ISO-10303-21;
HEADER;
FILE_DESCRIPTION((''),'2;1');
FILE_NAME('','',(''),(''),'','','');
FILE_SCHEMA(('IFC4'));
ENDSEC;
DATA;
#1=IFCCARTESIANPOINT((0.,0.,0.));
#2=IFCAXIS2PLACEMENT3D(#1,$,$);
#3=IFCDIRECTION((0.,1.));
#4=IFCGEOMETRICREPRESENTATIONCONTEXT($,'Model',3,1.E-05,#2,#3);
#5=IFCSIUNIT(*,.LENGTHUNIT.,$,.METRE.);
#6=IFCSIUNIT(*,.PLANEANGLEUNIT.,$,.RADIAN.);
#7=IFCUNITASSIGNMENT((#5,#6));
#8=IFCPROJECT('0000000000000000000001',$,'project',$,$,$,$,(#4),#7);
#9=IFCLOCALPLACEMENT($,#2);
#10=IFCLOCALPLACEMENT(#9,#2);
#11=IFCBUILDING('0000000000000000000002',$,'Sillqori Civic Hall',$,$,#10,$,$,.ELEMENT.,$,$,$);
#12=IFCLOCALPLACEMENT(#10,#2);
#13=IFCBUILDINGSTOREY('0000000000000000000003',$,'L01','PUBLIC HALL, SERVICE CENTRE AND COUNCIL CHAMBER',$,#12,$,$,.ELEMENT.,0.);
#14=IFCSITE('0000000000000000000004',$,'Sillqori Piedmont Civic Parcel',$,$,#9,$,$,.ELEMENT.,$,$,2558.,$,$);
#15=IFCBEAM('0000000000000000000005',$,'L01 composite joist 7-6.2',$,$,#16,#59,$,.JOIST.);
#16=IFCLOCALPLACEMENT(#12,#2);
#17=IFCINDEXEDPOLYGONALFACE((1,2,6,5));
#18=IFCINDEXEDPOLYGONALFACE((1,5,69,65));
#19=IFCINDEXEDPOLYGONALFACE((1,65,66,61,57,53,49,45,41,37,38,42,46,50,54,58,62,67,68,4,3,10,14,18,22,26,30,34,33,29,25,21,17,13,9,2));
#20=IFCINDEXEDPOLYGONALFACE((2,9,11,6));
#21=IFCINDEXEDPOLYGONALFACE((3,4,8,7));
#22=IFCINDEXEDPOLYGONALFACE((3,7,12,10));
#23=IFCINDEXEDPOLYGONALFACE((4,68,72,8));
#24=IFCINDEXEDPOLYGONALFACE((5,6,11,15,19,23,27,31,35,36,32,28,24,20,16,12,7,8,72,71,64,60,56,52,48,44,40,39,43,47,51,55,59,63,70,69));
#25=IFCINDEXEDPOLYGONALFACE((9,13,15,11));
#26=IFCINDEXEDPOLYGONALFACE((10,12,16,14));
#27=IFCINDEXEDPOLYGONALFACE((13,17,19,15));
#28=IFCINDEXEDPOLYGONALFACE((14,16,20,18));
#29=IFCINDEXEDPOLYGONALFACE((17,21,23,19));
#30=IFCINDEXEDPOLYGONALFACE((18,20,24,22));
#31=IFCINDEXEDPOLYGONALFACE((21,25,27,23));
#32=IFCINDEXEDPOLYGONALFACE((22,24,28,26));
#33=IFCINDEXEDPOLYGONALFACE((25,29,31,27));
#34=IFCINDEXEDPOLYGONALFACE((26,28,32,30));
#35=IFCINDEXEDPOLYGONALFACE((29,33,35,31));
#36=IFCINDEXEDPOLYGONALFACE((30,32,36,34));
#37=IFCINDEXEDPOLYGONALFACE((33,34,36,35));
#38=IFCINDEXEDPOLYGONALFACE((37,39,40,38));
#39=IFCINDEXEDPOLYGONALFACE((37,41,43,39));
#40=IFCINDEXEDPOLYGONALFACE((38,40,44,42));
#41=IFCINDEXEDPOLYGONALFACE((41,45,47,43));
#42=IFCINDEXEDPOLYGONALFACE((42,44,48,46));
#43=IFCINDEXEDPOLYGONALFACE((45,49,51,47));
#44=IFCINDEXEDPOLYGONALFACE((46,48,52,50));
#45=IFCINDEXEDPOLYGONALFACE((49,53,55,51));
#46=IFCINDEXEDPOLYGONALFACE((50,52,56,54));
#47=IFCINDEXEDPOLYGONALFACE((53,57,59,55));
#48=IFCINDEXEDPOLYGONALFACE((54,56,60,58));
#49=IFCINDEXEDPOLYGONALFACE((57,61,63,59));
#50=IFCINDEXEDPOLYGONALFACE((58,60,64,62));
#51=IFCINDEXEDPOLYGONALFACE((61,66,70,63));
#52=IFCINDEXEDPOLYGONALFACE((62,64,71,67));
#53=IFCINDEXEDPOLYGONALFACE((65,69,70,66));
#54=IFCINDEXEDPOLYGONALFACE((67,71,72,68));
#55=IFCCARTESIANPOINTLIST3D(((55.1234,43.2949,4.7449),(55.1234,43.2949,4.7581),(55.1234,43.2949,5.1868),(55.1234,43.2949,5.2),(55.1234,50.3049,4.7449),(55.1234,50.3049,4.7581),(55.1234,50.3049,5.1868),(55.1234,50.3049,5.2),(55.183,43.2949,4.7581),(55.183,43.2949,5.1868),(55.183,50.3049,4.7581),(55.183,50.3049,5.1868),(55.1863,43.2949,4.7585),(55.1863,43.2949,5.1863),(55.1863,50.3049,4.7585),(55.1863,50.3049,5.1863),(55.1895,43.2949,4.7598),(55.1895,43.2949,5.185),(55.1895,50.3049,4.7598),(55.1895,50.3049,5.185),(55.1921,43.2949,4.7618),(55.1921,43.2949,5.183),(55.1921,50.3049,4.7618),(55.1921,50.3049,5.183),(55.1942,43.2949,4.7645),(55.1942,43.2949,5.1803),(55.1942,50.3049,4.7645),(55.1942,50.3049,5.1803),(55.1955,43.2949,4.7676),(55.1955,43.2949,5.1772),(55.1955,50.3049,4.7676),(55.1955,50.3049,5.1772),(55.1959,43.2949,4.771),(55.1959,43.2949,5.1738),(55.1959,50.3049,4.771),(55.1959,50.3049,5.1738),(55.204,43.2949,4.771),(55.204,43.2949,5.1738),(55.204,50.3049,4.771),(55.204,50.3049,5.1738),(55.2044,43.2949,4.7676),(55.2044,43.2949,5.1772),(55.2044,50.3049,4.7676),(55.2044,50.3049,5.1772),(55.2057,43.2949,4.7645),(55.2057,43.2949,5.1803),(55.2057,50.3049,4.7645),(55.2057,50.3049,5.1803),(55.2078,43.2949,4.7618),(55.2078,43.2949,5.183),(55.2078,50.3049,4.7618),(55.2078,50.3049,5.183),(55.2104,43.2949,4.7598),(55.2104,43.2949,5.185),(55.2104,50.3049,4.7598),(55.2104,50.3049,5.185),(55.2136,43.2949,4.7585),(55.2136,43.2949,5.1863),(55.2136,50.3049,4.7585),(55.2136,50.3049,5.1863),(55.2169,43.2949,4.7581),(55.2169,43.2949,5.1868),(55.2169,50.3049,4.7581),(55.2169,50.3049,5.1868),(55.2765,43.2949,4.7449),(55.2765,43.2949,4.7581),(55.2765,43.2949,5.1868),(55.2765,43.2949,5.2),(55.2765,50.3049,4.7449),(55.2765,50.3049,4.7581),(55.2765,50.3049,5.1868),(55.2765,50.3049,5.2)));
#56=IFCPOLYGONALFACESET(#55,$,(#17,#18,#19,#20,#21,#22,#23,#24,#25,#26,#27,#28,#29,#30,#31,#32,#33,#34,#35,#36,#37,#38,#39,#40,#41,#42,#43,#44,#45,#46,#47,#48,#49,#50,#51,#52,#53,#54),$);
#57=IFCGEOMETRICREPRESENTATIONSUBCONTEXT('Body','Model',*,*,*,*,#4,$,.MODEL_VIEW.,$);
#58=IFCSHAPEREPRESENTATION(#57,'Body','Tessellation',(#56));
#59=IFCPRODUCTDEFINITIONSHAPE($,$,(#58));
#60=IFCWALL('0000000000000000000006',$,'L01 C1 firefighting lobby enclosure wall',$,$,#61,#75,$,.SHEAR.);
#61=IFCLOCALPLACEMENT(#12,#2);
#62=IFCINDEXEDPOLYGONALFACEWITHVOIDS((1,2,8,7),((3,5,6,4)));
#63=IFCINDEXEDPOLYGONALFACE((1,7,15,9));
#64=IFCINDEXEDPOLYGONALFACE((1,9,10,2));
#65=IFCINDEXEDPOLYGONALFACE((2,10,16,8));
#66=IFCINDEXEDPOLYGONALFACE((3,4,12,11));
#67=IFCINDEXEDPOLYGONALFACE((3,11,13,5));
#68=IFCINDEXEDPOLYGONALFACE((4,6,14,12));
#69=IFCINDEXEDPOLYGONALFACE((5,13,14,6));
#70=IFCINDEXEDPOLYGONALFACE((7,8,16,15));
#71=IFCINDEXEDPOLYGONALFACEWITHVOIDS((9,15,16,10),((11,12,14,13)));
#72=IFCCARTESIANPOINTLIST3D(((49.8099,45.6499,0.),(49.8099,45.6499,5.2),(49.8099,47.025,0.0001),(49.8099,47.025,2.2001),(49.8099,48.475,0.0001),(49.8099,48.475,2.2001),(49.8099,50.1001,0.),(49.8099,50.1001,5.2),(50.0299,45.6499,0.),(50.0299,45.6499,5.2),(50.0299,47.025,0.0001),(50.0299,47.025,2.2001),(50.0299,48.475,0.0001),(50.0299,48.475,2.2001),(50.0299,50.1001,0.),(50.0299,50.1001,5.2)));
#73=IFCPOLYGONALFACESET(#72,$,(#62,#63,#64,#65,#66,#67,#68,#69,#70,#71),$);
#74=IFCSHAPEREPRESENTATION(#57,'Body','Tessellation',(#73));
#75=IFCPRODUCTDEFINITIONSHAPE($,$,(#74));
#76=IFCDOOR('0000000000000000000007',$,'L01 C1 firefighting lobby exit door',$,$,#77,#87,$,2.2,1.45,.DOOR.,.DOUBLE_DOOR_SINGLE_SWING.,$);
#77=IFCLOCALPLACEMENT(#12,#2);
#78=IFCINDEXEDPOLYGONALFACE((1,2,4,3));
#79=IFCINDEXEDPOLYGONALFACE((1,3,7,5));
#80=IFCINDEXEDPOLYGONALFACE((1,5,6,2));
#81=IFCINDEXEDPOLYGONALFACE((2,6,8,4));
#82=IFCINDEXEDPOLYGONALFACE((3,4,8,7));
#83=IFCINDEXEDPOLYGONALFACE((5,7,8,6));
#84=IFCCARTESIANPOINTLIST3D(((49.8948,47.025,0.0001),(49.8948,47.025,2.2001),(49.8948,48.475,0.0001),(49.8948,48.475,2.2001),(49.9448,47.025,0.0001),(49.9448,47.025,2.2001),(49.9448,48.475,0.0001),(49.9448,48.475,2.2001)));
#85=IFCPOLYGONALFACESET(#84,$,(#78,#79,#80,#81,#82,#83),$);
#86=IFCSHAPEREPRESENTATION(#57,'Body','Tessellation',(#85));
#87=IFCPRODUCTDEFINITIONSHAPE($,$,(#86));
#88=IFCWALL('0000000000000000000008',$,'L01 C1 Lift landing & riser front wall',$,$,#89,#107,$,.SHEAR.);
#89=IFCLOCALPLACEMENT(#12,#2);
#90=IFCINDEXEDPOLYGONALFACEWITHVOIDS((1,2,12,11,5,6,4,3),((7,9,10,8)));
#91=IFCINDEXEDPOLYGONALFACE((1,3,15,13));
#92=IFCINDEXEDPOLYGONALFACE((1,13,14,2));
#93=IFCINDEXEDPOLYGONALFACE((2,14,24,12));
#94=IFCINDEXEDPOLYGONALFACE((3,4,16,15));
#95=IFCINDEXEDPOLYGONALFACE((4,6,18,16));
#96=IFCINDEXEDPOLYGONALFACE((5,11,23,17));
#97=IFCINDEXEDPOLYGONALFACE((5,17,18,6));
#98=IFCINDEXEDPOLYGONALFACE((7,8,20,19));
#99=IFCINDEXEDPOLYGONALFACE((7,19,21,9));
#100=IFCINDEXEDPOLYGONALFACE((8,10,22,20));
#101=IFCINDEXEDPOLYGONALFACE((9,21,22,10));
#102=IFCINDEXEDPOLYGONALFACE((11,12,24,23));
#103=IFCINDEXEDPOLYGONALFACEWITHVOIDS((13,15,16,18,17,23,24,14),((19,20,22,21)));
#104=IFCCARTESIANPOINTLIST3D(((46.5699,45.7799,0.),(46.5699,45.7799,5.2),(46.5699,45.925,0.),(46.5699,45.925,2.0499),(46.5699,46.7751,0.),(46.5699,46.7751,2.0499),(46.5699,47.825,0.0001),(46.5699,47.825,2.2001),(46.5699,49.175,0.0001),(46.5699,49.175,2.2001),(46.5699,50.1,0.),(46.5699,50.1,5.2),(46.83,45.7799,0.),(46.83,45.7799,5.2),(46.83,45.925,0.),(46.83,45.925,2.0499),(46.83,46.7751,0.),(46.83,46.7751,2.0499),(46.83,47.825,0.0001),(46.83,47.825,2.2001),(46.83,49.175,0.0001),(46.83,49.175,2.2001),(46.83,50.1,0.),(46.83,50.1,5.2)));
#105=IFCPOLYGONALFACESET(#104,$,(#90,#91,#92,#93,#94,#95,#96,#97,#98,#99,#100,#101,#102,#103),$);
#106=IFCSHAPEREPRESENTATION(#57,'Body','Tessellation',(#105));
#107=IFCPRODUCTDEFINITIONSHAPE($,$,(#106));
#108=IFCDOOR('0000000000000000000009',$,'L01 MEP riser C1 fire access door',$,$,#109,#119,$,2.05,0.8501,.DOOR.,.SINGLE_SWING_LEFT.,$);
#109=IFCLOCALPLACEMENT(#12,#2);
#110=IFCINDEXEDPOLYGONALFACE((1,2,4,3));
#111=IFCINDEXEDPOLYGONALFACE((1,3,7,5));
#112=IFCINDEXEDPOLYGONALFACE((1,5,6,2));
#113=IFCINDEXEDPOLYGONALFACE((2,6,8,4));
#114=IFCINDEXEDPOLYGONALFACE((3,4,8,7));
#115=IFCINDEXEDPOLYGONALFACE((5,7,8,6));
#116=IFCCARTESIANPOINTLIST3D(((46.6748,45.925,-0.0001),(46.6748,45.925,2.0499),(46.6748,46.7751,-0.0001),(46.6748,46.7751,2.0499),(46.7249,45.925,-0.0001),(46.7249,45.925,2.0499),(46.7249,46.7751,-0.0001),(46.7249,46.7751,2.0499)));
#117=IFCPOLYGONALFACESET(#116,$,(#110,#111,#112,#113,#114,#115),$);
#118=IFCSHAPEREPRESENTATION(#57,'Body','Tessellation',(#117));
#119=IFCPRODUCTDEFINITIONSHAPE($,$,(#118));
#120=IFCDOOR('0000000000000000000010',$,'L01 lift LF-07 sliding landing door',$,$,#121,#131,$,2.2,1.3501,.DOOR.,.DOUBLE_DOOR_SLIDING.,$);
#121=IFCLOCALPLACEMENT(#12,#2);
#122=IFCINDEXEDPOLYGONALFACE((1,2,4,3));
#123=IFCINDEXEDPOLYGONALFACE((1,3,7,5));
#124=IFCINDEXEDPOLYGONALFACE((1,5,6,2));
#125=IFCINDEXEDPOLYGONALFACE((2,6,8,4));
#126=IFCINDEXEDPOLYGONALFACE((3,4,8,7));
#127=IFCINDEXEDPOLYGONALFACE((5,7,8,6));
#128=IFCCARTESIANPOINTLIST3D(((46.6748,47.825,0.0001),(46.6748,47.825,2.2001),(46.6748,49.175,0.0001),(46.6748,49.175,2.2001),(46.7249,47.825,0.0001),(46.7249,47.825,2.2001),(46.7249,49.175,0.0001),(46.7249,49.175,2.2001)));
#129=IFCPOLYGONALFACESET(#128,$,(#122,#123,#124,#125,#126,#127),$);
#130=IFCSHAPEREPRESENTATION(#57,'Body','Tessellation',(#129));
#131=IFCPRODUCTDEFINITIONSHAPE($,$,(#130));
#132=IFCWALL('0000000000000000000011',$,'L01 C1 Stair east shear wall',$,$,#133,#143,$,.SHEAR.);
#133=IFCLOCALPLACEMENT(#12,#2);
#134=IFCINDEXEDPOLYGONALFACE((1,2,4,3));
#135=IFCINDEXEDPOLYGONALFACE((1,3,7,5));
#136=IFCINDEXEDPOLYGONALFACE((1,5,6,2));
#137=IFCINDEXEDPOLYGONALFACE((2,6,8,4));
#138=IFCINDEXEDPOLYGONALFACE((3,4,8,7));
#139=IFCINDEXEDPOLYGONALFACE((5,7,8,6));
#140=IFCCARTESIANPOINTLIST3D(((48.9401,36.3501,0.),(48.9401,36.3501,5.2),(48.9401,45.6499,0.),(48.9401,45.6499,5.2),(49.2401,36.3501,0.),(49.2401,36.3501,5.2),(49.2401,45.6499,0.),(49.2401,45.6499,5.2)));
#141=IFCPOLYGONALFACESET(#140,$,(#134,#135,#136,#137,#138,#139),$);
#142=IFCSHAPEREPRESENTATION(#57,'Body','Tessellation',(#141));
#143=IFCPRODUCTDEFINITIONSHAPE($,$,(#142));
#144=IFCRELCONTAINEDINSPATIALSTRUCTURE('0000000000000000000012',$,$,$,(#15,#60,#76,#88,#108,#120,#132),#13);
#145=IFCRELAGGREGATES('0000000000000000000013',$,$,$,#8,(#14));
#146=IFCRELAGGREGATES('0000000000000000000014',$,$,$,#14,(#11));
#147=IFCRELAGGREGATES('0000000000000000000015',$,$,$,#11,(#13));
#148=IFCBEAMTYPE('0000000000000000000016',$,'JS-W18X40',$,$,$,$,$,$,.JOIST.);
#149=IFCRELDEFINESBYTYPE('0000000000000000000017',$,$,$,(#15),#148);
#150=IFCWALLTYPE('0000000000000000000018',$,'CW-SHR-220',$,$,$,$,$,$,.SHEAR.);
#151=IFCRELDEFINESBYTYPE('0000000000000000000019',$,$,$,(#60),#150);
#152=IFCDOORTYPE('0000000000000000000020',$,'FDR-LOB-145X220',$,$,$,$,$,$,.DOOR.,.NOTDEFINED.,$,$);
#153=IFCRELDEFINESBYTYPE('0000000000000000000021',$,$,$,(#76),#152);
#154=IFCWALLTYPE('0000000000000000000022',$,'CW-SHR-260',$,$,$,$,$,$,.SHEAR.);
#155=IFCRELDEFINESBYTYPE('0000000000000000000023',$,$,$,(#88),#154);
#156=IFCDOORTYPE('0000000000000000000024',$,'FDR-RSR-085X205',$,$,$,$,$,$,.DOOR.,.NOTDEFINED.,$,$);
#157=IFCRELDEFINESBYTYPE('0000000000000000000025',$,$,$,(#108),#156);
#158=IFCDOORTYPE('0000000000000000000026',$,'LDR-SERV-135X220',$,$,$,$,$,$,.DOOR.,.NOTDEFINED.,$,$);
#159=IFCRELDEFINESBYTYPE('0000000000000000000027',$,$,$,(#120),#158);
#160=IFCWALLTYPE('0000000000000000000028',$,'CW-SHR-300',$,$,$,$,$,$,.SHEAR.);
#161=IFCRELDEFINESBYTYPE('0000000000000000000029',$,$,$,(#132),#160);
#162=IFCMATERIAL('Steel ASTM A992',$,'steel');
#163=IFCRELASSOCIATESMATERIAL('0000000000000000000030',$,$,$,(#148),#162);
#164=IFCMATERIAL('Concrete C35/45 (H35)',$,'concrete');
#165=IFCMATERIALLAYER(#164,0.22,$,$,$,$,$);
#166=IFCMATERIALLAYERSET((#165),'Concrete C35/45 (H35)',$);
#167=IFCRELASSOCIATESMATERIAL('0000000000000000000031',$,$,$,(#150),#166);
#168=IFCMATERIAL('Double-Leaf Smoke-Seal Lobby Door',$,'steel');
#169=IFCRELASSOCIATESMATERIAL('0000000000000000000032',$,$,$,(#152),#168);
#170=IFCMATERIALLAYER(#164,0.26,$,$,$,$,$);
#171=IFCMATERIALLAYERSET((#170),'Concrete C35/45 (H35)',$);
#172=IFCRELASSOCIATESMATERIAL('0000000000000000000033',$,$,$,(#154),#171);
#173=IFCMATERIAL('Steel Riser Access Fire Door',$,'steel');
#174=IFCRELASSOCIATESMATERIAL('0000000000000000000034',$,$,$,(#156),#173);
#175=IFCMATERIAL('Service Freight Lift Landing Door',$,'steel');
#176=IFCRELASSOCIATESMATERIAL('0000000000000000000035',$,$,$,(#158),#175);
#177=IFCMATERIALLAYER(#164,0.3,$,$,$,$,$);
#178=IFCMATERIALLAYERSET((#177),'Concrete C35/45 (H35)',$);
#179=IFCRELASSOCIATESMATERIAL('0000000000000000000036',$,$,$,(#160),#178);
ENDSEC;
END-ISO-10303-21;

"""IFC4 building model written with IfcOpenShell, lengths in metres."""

from ifc_helpers import new_model, si_unit, direction, frame, frame_2d, origin, origin_2d, place, context, subcontext, project, spatial, rectangle, i_section, extrude, material, layer, layer_set, material_profile, profile_set, type_object, element, fill, save


model = new_model("IFC4")

# Units and contexts
model_context = context("Model", 3, precision=1e-05, world=origin(), true_north=direction((0.0, 1.0)))
body_context = subcontext(model_context, "Body", "Model", "MODEL_VIEW")
ifc_project = project(units=[si_unit("LENGTHUNIT", "METRE"), si_unit("PLANEANGLEUNIT", "RADIAN")], contexts=[model_context])

# Site, building, storey
site_placement = place(None, origin())
site = spatial("IfcSite", under=ifc_project, at=site_placement, Name="Sillqori Piedmont Civic Parcel", CompositionType="ELEMENT", RefElevation=2558.0)
building_placement = place(site_placement, origin())
building = spatial("IfcBuilding", under=site, at=building_placement, Name="Sillqori Civic Hall", CompositionType="ELEMENT")
storey_placement = place(building_placement, origin())
storey = spatial("IfcBuildingStorey", under=building, at=storey_placement, Name="L01", Description="PUBLIC HALL, SERVICE CENTRE AND COUNCIL CHAMBER", CompositionType="ELEMENT", Elevation=0.0)

# Shared definitions
ifc_material_1 = material(Name="Concrete C35/45 (H35)", Category="concrete")
ifc_material_2 = material(Name="Steel ASTM A992", Category="steel")

# Beam
ifc_material_profile_1 = material_profile(ifc_material_2, i_section(OverallWidth=0.1531, OverallDepth=0.4551, WebThickness=0.0081, FlangeThickness=0.0132, FilletRadius=0.0129, at=origin_2d()), Name="W18X40")
ifc_profile_set_1 = profile_set([ifc_material_profile_1], Name="Steel ASTM A992")
beam_type_1 = type_object("IfcBeamType", Name="JS-W18X40", PredefinedType="JOIST", material=ifc_profile_set_1)
for number, where, z_axis, x_axis, name in (
    (1, (55.2, 43.2949, 4.9724), (0.0, 1.0, 0.0), (-1.0, 0.0, 0.0), "L01 composite joist 7-6.2"),
):
    element("IfcBeam", number, at=place(storey_placement, frame(where, z_axis=z_axis, x_axis=x_axis)), inside=storey, type_object=beam_type_1, Name=name, PredefinedType="JOIST", context=body_context, shape_type="SweptSolid", body=[
        extrude(i_section(OverallWidth=0.1531, OverallDepth=0.4551, WebThickness=0.0081, FlangeThickness=0.0132, FilletRadius=0.0129, at=origin_2d()), origin(), (0.0, 0.0, 1.0), 7.01),
    ])

# Wall, opening, door
ifc_layer_1 = layer(ifc_material_1, 0.22)
ifc_layer_set_1 = layer_set([ifc_layer_1], Name="Concrete C35/45 (H35)")
wall_type_1 = type_object("IfcWallType", Name="CW-SHR-220", PredefinedType="SHEAR", material=ifc_layer_set_1)
wall_1_placement = place(storey_placement, frame((49.9199, 50.1001, 0.0), z_axis=(0.0, 0.0, 1.0), x_axis=(0.0, -1.0, 0.0)))
wall_1 = element("IfcWall", 2, at=wall_1_placement, inside=storey, type_object=wall_type_1, Name="L01 C1 firefighting lobby enclosure wall", PredefinedType="SHEAR", context=body_context, shape_type="SweptSolid", body=[
    extrude(rectangle(XDim=4.4502, YDim=0.22, at=frame_2d((2.2251, 0.0))), origin(), (0.0, 0.0, 1.0), 5.2),
])
opening_1_placement = place(wall_1_placement, frame((1.625, 0.0, 0.0)))
opening_1 = element("IfcOpeningElement", 3, at=opening_1_placement, cuts=wall_1, PredefinedType="OPENING", context=body_context, shape_type="SweptSolid", body=[
    extrude(rectangle(XDim=1.45, YDim=2.2, at=frame_2d((0.7251, 1.1001))), frame((0.0, 0.1199, 0.0), z_axis=(0.0, -1.0, 0.0), x_axis=(1.0, 0.0, 0.0)), (0.0, 0.0, 1.0), 0.24),
])
ifc_material_3 = material(Name="Double-Leaf Smoke-Seal Lobby Door", Category="steel")
door_type_1 = type_object("IfcDoorType", Name="FDR-LOB-145X220", OperationType="NOTDEFINED", PredefinedType="DOOR", material=ifc_material_3)
door_1_placement = place(opening_1_placement, origin())
door_1 = element("IfcDoor", 4, at=door_1_placement, inside=storey, type_object=door_type_1, Name="L01 C1 firefighting lobby exit door", OperationType="DOUBLE_DOOR_SINGLE_SWING", OverallHeight=2.2, OverallWidth=1.45, PredefinedType="DOOR", context=body_context, shape_type="SweptSolid", body=[
    extrude(rectangle(XDim=1.45, YDim=2.2, at=frame_2d((0.7251, 1.1001))), frame((0.0, 0.0249, 0.0), z_axis=(0.0, -1.0, 0.0), x_axis=(1.0, 0.0, 0.0)), (0.0, 0.0, 1.0), 0.05),
])
fill(opening_1, door_1)

# Wall, openings, doors
ifc_layer_2 = layer(ifc_material_1, 0.26)
ifc_layer_set_2 = layer_set([ifc_layer_2], Name="Concrete C35/45 (H35)")
wall_type_2 = type_object("IfcWallType", Name="CW-SHR-260", PredefinedType="SHEAR", material=ifc_layer_set_2)
wall_2_placement = place(storey_placement, frame((46.7, 50.1001, 0.0), z_axis=(0.0, 0.0, 1.0), x_axis=(0.0, -1.0, 0.0)))
wall_2 = element("IfcWall", 5, at=wall_2_placement, inside=storey, type_object=wall_type_2, Name="L01 C1 Lift landing & riser front wall", PredefinedType="SHEAR", context=body_context, shape_type="SweptSolid", body=[
    extrude(rectangle(XDim=4.3201, YDim=0.26, at=frame_2d((2.1602, 0.0))), origin(), (0.0, 0.0, 1.0), 5.2),
])
opening_2_placement = place(wall_2_placement, frame((0.925, 0.0, 0.0)))
opening_2 = element("IfcOpeningElement", 6, at=opening_2_placement, cuts=wall_2, PredefinedType="OPENING", context=body_context, shape_type="SweptSolid", body=[
    extrude(rectangle(XDim=1.3501, YDim=2.2, at=frame_2d((0.675, 1.1001))), frame((0.0, 0.1399, 0.0), z_axis=(0.0, -1.0, 0.0), x_axis=(1.0, 0.0, 0.0)), (0.0, 0.0, 1.0), 0.28),
])
opening_3_placement = place(wall_2_placement, frame((3.325, 0.0, 0.0)))
opening_3 = element("IfcOpeningElement", 7, at=opening_3_placement, cuts=wall_2, PredefinedType="OPENING", context=body_context, shape_type="SweptSolid", body=[
    extrude(rectangle(XDim=0.8501, YDim=2.05, at=frame_2d((0.425, 1.0249))), frame((0.0, 0.1399, 0.0), z_axis=(0.0, -1.0, 0.0), x_axis=(1.0, 0.0, 0.0)), (0.0, 0.0, 1.0), 0.28),
])
ifc_material_4 = material(Name="Steel Riser Access Fire Door", Category="steel")
door_type_2 = type_object("IfcDoorType", Name="FDR-RSR-085X205", OperationType="NOTDEFINED", PredefinedType="DOOR", material=ifc_material_4)
door_2_placement = place(opening_3_placement, origin())
door_2 = element("IfcDoor", 8, at=door_2_placement, inside=storey, type_object=door_type_2, Name="L01 MEP riser C1 fire access door", OperationType="SINGLE_SWING_LEFT", OverallHeight=2.05, OverallWidth=0.8501, PredefinedType="DOOR", context=body_context, shape_type="SweptSolid", body=[
    extrude(rectangle(XDim=0.8501, YDim=2.05, at=frame_2d((0.425, 1.0249))), frame((0.0, 0.0249, 0.0), z_axis=(0.0, -1.0, 0.0), x_axis=(1.0, 0.0, 0.0)), (0.0, 0.0, 1.0), 0.05),
])
fill(opening_3, door_2)
ifc_material_5 = material(Name="Service Freight Lift Landing Door", Category="steel")
door_type_3 = type_object("IfcDoorType", Name="LDR-SERV-135X220", OperationType="NOTDEFINED", PredefinedType="DOOR", material=ifc_material_5)
door_3_placement = place(opening_2_placement, origin())
door_3 = element("IfcDoor", 9, at=door_3_placement, inside=storey, type_object=door_type_3, Name="L01 lift LF-07 sliding landing door", OperationType="DOUBLE_DOOR_SLIDING", OverallHeight=2.2, OverallWidth=1.3501, PredefinedType="DOOR", context=body_context, shape_type="SweptSolid", body=[
    extrude(rectangle(XDim=1.3501, YDim=2.2, at=frame_2d((0.675, 1.1001))), frame((0.0, 0.0249, 0.0), z_axis=(0.0, -1.0, 0.0), x_axis=(1.0, 0.0, 0.0)), (0.0, 0.0, 1.0), 0.05),
])
fill(opening_2, door_3)

# Wall
ifc_layer_3 = layer(ifc_material_1, 0.3)
ifc_layer_set_3 = layer_set([ifc_layer_3], Name="Concrete C35/45 (H35)")
wall_type_3 = type_object("IfcWallType", Name="CW-SHR-300", PredefinedType="SHEAR", material=ifc_layer_set_3)
wall_3_placement = place(storey_placement, frame((49.0901, 36.3501, 0.0), z_axis=(0.0, 0.0, 1.0), x_axis=(0.0, 1.0, 0.0)))
element("IfcWall", 10, at=wall_3_placement, inside=storey, type_object=wall_type_3, Name="L01 C1 Stair east shear wall", PredefinedType="SHEAR", context=body_context, shape_type="SweptSolid", body=[
    extrude(rectangle(XDim=9.2998, YDim=0.3, at=frame_2d((4.6499, 0.0))), origin(), (0.0, 0.0, 1.0), 5.2),
])

save(model, "model.ifc")
